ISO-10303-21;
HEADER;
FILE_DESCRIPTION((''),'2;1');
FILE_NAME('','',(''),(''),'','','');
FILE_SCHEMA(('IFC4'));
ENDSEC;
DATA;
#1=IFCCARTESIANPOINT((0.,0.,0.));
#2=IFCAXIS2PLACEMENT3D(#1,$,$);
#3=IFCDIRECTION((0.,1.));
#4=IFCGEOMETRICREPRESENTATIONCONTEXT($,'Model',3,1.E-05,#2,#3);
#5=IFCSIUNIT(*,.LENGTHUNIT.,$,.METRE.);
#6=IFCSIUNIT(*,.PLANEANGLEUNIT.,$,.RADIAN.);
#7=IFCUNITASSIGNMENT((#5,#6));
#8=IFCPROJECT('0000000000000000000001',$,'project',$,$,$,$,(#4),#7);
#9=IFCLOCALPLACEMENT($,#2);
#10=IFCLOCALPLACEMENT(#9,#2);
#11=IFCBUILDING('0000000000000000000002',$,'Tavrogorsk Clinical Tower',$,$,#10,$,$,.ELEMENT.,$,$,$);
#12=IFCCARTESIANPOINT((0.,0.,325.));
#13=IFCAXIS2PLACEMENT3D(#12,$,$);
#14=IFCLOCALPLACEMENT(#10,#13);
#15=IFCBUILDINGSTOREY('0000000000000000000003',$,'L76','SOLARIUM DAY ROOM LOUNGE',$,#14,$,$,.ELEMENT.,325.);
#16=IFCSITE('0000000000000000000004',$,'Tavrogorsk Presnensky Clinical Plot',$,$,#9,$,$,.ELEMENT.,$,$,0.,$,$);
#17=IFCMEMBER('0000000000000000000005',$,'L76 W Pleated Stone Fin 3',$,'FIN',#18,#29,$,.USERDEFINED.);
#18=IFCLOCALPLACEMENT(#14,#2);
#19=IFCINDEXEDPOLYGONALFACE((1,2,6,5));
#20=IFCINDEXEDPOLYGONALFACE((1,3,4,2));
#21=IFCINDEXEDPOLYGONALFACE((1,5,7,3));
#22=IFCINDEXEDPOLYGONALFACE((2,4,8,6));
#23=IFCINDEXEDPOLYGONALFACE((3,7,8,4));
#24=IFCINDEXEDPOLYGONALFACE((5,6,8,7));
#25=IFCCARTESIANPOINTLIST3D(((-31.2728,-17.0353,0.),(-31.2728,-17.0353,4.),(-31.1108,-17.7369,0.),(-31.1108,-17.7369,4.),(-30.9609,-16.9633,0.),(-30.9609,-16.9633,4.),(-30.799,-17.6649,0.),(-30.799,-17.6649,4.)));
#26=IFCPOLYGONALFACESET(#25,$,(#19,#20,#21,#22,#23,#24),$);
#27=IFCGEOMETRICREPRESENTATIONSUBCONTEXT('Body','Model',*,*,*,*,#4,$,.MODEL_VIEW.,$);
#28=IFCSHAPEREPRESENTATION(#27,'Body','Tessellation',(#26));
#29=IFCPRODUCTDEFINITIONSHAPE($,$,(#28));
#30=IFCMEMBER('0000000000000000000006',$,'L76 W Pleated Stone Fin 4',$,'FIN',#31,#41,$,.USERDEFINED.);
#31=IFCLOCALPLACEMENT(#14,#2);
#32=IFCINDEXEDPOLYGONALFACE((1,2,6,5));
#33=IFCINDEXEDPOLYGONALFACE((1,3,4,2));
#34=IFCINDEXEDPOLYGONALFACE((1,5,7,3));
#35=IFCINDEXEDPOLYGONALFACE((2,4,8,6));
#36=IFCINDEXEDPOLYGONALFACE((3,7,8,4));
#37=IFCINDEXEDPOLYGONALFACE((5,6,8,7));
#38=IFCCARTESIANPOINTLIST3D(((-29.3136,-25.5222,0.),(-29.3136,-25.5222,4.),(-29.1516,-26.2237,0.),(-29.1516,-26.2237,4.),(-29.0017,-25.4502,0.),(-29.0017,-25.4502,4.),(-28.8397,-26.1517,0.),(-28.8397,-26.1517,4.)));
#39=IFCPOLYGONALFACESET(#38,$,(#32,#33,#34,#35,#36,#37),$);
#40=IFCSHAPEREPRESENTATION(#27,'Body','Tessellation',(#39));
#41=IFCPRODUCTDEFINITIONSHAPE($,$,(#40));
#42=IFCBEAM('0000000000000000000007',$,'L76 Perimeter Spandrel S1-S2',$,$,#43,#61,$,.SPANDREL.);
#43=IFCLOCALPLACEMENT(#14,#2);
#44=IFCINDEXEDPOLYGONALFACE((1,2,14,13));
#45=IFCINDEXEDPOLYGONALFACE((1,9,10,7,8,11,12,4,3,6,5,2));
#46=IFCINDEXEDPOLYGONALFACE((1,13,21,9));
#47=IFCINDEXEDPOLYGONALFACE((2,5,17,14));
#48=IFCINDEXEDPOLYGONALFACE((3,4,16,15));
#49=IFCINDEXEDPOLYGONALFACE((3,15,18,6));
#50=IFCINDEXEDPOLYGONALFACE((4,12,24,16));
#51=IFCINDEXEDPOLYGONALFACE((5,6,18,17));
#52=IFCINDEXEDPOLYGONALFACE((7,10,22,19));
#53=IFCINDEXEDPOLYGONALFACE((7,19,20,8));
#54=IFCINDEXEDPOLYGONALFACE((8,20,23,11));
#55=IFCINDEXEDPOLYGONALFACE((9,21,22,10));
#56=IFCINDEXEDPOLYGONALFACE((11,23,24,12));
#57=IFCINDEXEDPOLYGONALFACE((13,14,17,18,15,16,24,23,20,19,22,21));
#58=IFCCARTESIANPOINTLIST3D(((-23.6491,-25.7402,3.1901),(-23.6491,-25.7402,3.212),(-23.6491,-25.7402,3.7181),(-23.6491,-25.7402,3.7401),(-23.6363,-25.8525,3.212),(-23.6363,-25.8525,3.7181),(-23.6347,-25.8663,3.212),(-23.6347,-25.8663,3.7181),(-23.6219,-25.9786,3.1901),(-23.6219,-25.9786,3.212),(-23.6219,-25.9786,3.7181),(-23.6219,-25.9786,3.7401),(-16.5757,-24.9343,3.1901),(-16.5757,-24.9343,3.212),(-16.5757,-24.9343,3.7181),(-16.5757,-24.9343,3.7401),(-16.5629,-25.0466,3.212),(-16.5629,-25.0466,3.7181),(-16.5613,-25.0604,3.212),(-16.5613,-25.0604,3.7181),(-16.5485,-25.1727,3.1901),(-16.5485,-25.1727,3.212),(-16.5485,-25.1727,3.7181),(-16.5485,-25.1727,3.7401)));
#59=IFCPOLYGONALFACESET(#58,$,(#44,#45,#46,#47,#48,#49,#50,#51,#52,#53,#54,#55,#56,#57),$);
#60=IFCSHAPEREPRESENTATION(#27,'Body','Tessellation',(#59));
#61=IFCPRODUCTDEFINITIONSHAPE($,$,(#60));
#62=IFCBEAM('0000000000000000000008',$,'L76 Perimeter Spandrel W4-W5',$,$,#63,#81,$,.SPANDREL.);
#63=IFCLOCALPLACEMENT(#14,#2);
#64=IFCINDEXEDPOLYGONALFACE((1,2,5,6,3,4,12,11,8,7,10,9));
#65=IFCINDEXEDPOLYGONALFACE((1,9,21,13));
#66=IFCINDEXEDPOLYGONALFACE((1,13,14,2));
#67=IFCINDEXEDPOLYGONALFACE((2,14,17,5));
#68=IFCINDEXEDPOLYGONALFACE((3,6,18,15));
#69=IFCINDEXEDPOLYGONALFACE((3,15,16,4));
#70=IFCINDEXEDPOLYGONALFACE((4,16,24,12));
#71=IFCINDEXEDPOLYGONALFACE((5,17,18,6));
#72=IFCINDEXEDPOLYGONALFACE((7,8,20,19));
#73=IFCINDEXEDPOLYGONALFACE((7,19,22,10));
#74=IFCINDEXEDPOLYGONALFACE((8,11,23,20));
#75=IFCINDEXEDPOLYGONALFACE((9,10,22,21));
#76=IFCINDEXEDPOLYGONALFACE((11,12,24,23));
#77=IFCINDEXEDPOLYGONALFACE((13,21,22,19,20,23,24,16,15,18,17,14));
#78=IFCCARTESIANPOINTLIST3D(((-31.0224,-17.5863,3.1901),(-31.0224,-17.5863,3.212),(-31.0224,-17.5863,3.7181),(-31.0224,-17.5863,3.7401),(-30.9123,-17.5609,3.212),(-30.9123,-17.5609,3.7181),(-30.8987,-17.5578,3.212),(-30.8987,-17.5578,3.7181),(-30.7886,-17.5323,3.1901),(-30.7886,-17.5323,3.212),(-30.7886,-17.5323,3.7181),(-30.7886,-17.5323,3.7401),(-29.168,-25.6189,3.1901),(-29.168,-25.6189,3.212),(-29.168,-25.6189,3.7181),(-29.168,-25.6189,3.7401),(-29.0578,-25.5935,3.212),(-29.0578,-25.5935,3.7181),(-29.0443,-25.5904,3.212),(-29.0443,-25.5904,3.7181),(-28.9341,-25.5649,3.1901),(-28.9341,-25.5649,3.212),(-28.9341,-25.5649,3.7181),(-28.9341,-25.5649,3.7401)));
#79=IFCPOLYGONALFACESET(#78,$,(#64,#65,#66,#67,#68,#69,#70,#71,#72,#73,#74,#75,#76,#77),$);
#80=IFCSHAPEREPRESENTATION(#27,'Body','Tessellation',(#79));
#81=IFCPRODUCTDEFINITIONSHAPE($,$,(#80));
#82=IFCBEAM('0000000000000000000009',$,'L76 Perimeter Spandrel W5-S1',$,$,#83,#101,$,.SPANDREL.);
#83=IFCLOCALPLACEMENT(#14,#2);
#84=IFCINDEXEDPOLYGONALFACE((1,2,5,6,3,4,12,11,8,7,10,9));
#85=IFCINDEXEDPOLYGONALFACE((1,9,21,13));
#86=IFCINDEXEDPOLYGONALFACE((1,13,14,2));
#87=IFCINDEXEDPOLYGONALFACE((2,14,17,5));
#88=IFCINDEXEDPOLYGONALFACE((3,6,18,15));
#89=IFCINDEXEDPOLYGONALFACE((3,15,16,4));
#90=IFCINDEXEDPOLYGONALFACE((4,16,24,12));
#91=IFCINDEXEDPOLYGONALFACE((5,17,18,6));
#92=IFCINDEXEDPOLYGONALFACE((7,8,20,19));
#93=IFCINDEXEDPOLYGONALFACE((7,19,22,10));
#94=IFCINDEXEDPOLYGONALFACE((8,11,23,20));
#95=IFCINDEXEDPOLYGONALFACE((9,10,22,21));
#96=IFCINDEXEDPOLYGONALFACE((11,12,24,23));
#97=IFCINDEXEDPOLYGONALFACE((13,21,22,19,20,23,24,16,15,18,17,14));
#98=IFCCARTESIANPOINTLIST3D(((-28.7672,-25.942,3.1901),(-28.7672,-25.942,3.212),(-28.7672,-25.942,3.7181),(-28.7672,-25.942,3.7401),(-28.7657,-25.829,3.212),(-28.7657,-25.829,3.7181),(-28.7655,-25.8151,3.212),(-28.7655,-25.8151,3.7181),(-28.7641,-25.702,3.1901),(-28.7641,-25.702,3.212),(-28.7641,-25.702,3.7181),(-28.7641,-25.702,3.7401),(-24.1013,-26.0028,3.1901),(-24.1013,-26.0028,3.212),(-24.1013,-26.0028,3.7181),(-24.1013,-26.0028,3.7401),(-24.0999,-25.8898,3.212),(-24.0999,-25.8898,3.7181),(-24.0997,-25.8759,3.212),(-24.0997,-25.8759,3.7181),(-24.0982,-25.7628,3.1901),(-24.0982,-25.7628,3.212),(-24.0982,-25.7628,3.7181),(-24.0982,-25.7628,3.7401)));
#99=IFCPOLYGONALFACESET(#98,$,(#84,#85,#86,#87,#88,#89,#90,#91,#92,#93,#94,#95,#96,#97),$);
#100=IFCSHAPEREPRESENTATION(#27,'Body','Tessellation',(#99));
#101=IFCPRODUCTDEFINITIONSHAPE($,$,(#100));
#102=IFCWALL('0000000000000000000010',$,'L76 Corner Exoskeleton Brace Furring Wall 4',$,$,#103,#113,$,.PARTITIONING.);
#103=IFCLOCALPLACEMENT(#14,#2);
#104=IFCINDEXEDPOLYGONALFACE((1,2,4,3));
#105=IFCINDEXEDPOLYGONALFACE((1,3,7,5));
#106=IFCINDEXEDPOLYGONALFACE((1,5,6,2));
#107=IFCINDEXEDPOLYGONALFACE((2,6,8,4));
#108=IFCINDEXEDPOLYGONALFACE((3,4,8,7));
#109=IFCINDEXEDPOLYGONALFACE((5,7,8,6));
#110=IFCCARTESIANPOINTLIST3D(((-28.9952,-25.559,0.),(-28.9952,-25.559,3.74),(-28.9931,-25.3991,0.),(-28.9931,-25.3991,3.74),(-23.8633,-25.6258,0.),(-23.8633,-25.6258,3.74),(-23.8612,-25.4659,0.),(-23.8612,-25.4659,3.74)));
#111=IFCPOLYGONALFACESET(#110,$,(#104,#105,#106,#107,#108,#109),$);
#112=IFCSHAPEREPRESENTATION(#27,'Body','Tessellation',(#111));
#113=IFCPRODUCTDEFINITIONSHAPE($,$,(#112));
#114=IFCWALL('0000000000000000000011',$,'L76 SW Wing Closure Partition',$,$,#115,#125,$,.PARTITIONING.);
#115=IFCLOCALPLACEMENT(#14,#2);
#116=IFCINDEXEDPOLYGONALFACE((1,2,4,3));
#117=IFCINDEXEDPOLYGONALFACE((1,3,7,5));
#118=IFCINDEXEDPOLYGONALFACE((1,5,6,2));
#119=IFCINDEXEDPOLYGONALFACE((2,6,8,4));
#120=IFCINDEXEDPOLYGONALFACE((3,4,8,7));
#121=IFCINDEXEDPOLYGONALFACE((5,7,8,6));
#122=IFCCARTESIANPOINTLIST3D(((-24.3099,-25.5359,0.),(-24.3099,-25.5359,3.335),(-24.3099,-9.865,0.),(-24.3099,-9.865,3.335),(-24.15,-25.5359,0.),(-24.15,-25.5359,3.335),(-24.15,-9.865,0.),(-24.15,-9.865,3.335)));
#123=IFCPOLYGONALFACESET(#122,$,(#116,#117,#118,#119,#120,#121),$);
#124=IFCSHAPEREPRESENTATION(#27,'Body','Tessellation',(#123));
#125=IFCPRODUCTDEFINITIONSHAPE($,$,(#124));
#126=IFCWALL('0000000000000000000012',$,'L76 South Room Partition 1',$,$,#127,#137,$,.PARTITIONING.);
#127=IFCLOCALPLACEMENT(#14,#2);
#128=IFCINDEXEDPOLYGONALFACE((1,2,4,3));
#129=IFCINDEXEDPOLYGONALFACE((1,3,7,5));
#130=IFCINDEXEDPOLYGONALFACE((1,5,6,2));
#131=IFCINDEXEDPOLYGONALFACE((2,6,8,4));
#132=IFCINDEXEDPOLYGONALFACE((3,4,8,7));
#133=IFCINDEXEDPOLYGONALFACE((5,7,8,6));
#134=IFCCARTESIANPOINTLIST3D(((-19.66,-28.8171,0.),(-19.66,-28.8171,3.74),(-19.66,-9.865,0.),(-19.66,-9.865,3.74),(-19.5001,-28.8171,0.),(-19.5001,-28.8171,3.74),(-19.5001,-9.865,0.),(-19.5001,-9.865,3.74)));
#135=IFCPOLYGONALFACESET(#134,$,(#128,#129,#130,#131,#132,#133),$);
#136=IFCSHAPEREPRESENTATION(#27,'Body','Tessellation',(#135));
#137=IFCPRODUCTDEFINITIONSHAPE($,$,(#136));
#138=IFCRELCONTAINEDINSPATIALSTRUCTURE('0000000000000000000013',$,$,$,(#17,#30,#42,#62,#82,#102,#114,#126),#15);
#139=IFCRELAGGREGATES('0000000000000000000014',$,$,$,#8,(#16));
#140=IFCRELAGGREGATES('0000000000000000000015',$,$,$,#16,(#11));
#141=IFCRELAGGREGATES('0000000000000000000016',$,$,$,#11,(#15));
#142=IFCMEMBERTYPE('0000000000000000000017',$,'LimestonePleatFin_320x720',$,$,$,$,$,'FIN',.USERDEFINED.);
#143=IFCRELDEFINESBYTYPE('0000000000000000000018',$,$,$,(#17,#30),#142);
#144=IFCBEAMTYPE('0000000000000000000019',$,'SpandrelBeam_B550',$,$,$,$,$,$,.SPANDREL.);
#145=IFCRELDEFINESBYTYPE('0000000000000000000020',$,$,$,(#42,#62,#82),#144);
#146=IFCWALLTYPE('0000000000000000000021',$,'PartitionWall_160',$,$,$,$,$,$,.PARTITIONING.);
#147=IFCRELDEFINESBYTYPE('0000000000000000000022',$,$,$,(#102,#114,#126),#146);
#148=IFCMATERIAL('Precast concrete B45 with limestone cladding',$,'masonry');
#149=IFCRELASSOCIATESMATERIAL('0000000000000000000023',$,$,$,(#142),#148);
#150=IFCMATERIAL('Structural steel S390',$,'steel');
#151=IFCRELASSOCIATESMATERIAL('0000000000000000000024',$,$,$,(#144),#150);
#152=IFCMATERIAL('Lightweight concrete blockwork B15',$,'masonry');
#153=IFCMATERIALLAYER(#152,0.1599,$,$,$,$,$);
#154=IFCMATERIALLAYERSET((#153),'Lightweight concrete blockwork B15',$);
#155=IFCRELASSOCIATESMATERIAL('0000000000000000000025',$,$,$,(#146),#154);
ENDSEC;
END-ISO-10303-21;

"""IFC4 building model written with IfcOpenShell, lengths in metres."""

from ifc_helpers import new_model, si_unit, direction, frame, frame_2d, origin, origin_2d, place, context, subcontext, project, spatial, rectangle, i_section, extrude, material, layer, layer_set, material_profile, profile_set, type_object, element, save


model = new_model("IFC4")

# Units and contexts
model_context = context("Model", 3, precision=1e-05, world=origin(), true_north=direction((0.0, 1.0)))
body_context = subcontext(model_context, "Body", "Model", "MODEL_VIEW")
ifc_project = project(units=[si_unit("LENGTHUNIT", "METRE"), si_unit("PLANEANGLEUNIT", "RADIAN")], contexts=[model_context])

# Site, building, storey
site_placement = place(None, origin())
site = spatial("IfcSite", under=ifc_project, at=site_placement, Name="Tavrogorsk Presnensky Clinical Plot", CompositionType="ELEMENT", RefElevation=0.0)
building_placement = place(site_placement, origin())
building = spatial("IfcBuilding", under=site, at=building_placement, Name="Tavrogorsk Clinical Tower", CompositionType="ELEMENT")
storey_placement = place(building_placement, frame((0.0, 0.0, 325.0)))
storey = spatial("IfcBuildingStorey", under=building, at=storey_placement, Name="L76", Description="SOLARIUM DAY ROOM LOUNGE", CompositionType="ELEMENT", Elevation=325.0)

# Members
ifc_material_1 = material(Name="Precast concrete B45 with limestone cladding", Category="masonry")
ifc_material_profile_1 = material_profile(ifc_material_1, rectangle(XDim=0.3201, YDim=0.72, at=origin_2d()), Name="LIMESTONE-FIN-320x720")
ifc_profile_set_1 = profile_set([ifc_material_profile_1], Name="Precast concrete B45 with limestone cladding")
member_type_1 = type_object("IfcMemberType", Name="LimestonePleatFin_320x720", ElementType="FIN", PredefinedType="USERDEFINED", material=ifc_profile_set_1)
for number, where, z_axis, x_axis, name in (
    (1, (-31.0359, -17.3501, 0.0), (0.0, 0.0, 1.0), (0.97437, 0.224951, 0.0), "L76 W Pleated Stone Fin 3"),
    (2, (-29.0767, -25.8369, 0.0), (0.0, 0.0, 1.0), (0.97437, 0.224951, 0.0), "L76 W Pleated Stone Fin 4"),
):
    element("IfcMember", number, at=place(storey_placement, frame(where, z_axis=z_axis, x_axis=x_axis)), inside=storey, type_object=member_type_1, Name=name, ObjectType="FIN", PredefinedType="USERDEFINED", context=body_context, shape_type="SweptSolid", body=[
        extrude(rectangle(XDim=0.3201, YDim=0.72, at=origin_2d()), origin(), (0.0, 0.0, 1.0), 4.0),
    ])

# Beams
ifc_material_2 = material(Name="Structural steel S390", Category="steel")
ifc_material_profile_2 = material_profile(ifc_material_2, i_section(OverallWidth=0.24, OverallDepth=0.55, WebThickness=0.0139, FlangeThickness=0.022, at=origin_2d()), Name="B-550x240x14x22")
ifc_profile_set_2 = profile_set([ifc_material_profile_2], Name="Structural steel S390")
beam_type_1 = type_object("IfcBeamType", Name="SpandrelBeam_B550", PredefinedType="SPANDREL", material=ifc_profile_set_2)
beam_1_placement = place(storey_placement, frame((-23.6355, -25.8594, 3.4651), z_axis=(0.993572, 0.113201, 0.0), x_axis=(-0.113201, 0.993572, 0.0)))
element("IfcBeam", 3, at=beam_1_placement, inside=storey, type_object=beam_type_1, Name="L76 Perimeter Spandrel S1-S2", PredefinedType="SPANDREL", context=body_context, shape_type="SweptSolid", body=[
    extrude(i_section(OverallWidth=0.24, OverallDepth=0.55, WebThickness=0.0139, FlangeThickness=0.022, at=origin_2d()), origin(), (0.0, 0.0, 1.0), 7.1191),
])
beam_2_placement = place(storey_placement, frame((-30.9055, -17.5593, 3.4651), z_axis=(0.22495, -0.97437, 0.0), x_axis=(0.97437, 0.22495, 0.0)))
element("IfcBeam", 4, at=beam_2_placement, inside=storey, type_object=beam_type_1, Name="L76 Perimeter Spandrel W4-W5", PredefinedType="SPANDREL", context=body_context, shape_type="SweptSolid", body=[
    extrude(i_section(OverallWidth=0.24, OverallDepth=0.55, WebThickness=0.0139, FlangeThickness=0.022, at=origin_2d()), origin(), (0.0, 0.0, 1.0), 8.2439),
])
beam_3_placement = place(storey_placement, frame((-28.7656, -25.822, 3.4651), z_axis=(0.999915, -0.013028, 0.0), x_axis=(0.013028, 0.999915, 0.0)))
element("IfcBeam", 5, at=beam_3_placement, inside=storey, type_object=beam_type_1, Name="L76 Perimeter Spandrel W5-S1", PredefinedType="SPANDREL", context=body_context, shape_type="SweptSolid", body=[
    extrude(i_section(OverallWidth=0.24, OverallDepth=0.55, WebThickness=0.0139, FlangeThickness=0.022, at=origin_2d()), origin(), (0.0, 0.0, 1.0), 4.6663),
])

# Walls
ifc_material_3 = material(Name="Lightweight concrete blockwork B15", Category="masonry")
ifc_layer_1 = layer(ifc_material_3, 0.1599)
ifc_layer_set_1 = layer_set([ifc_layer_1], Name="Lightweight concrete blockwork B15")
wall_type_1 = type_object("IfcWallType", Name="PartitionWall_160", PredefinedType="PARTITIONING", material=ifc_layer_set_1)
wall_1_placement = place(storey_placement, frame((-28.9941, -25.479, 0.0), z_axis=(0.0, 0.0, 1.0), x_axis=(0.999915, -0.013034, 0.0)))
element("IfcWall", 6, at=wall_1_placement, inside=storey, type_object=wall_type_1, Name="L76 Corner Exoskeleton Brace Furring Wall 4", PredefinedType="PARTITIONING", context=body_context, shape_type="SweptSolid", body=[
    extrude(rectangle(XDim=5.1323, YDim=0.1599, at=frame_2d((2.5662, 0.0))), origin(), (0.0, 0.0, 1.0), 3.74),
])
wall_2_placement = place(storey_placement, frame((-24.23, -25.5359, 0.0), z_axis=(0.0, 0.0, 1.0), x_axis=(0.0, 1.0, 0.0)))
element("IfcWall", 7, at=wall_2_placement, inside=storey, type_object=wall_type_1, Name="L76 SW Wing Closure Partition", PredefinedType="PARTITIONING", context=body_context, shape_type="SweptSolid", body=[
    extrude(rectangle(XDim=15.6709, YDim=0.1599, at=frame_2d((7.8354, 0.0))), origin(), (0.0, 0.0, 1.0), 3.335),
])
wall_3_placement = place(storey_placement, frame((-19.5801, -28.8171, 0.0), z_axis=(0.0, 0.0, 1.0), x_axis=(0.0, 1.0, 0.0)))
element("IfcWall", 8, at=wall_3_placement, inside=storey, type_object=wall_type_1, Name="L76 South Room Partition 1", PredefinedType="PARTITIONING", context=body_context, shape_type="SweptSolid", body=[
    extrude(rectangle(XDim=18.9521, YDim=0.1599, at=frame_2d((9.4761, 0.0))), origin(), (0.0, 0.0, 1.0), 3.74),
])

save(model, "model.ifc")
